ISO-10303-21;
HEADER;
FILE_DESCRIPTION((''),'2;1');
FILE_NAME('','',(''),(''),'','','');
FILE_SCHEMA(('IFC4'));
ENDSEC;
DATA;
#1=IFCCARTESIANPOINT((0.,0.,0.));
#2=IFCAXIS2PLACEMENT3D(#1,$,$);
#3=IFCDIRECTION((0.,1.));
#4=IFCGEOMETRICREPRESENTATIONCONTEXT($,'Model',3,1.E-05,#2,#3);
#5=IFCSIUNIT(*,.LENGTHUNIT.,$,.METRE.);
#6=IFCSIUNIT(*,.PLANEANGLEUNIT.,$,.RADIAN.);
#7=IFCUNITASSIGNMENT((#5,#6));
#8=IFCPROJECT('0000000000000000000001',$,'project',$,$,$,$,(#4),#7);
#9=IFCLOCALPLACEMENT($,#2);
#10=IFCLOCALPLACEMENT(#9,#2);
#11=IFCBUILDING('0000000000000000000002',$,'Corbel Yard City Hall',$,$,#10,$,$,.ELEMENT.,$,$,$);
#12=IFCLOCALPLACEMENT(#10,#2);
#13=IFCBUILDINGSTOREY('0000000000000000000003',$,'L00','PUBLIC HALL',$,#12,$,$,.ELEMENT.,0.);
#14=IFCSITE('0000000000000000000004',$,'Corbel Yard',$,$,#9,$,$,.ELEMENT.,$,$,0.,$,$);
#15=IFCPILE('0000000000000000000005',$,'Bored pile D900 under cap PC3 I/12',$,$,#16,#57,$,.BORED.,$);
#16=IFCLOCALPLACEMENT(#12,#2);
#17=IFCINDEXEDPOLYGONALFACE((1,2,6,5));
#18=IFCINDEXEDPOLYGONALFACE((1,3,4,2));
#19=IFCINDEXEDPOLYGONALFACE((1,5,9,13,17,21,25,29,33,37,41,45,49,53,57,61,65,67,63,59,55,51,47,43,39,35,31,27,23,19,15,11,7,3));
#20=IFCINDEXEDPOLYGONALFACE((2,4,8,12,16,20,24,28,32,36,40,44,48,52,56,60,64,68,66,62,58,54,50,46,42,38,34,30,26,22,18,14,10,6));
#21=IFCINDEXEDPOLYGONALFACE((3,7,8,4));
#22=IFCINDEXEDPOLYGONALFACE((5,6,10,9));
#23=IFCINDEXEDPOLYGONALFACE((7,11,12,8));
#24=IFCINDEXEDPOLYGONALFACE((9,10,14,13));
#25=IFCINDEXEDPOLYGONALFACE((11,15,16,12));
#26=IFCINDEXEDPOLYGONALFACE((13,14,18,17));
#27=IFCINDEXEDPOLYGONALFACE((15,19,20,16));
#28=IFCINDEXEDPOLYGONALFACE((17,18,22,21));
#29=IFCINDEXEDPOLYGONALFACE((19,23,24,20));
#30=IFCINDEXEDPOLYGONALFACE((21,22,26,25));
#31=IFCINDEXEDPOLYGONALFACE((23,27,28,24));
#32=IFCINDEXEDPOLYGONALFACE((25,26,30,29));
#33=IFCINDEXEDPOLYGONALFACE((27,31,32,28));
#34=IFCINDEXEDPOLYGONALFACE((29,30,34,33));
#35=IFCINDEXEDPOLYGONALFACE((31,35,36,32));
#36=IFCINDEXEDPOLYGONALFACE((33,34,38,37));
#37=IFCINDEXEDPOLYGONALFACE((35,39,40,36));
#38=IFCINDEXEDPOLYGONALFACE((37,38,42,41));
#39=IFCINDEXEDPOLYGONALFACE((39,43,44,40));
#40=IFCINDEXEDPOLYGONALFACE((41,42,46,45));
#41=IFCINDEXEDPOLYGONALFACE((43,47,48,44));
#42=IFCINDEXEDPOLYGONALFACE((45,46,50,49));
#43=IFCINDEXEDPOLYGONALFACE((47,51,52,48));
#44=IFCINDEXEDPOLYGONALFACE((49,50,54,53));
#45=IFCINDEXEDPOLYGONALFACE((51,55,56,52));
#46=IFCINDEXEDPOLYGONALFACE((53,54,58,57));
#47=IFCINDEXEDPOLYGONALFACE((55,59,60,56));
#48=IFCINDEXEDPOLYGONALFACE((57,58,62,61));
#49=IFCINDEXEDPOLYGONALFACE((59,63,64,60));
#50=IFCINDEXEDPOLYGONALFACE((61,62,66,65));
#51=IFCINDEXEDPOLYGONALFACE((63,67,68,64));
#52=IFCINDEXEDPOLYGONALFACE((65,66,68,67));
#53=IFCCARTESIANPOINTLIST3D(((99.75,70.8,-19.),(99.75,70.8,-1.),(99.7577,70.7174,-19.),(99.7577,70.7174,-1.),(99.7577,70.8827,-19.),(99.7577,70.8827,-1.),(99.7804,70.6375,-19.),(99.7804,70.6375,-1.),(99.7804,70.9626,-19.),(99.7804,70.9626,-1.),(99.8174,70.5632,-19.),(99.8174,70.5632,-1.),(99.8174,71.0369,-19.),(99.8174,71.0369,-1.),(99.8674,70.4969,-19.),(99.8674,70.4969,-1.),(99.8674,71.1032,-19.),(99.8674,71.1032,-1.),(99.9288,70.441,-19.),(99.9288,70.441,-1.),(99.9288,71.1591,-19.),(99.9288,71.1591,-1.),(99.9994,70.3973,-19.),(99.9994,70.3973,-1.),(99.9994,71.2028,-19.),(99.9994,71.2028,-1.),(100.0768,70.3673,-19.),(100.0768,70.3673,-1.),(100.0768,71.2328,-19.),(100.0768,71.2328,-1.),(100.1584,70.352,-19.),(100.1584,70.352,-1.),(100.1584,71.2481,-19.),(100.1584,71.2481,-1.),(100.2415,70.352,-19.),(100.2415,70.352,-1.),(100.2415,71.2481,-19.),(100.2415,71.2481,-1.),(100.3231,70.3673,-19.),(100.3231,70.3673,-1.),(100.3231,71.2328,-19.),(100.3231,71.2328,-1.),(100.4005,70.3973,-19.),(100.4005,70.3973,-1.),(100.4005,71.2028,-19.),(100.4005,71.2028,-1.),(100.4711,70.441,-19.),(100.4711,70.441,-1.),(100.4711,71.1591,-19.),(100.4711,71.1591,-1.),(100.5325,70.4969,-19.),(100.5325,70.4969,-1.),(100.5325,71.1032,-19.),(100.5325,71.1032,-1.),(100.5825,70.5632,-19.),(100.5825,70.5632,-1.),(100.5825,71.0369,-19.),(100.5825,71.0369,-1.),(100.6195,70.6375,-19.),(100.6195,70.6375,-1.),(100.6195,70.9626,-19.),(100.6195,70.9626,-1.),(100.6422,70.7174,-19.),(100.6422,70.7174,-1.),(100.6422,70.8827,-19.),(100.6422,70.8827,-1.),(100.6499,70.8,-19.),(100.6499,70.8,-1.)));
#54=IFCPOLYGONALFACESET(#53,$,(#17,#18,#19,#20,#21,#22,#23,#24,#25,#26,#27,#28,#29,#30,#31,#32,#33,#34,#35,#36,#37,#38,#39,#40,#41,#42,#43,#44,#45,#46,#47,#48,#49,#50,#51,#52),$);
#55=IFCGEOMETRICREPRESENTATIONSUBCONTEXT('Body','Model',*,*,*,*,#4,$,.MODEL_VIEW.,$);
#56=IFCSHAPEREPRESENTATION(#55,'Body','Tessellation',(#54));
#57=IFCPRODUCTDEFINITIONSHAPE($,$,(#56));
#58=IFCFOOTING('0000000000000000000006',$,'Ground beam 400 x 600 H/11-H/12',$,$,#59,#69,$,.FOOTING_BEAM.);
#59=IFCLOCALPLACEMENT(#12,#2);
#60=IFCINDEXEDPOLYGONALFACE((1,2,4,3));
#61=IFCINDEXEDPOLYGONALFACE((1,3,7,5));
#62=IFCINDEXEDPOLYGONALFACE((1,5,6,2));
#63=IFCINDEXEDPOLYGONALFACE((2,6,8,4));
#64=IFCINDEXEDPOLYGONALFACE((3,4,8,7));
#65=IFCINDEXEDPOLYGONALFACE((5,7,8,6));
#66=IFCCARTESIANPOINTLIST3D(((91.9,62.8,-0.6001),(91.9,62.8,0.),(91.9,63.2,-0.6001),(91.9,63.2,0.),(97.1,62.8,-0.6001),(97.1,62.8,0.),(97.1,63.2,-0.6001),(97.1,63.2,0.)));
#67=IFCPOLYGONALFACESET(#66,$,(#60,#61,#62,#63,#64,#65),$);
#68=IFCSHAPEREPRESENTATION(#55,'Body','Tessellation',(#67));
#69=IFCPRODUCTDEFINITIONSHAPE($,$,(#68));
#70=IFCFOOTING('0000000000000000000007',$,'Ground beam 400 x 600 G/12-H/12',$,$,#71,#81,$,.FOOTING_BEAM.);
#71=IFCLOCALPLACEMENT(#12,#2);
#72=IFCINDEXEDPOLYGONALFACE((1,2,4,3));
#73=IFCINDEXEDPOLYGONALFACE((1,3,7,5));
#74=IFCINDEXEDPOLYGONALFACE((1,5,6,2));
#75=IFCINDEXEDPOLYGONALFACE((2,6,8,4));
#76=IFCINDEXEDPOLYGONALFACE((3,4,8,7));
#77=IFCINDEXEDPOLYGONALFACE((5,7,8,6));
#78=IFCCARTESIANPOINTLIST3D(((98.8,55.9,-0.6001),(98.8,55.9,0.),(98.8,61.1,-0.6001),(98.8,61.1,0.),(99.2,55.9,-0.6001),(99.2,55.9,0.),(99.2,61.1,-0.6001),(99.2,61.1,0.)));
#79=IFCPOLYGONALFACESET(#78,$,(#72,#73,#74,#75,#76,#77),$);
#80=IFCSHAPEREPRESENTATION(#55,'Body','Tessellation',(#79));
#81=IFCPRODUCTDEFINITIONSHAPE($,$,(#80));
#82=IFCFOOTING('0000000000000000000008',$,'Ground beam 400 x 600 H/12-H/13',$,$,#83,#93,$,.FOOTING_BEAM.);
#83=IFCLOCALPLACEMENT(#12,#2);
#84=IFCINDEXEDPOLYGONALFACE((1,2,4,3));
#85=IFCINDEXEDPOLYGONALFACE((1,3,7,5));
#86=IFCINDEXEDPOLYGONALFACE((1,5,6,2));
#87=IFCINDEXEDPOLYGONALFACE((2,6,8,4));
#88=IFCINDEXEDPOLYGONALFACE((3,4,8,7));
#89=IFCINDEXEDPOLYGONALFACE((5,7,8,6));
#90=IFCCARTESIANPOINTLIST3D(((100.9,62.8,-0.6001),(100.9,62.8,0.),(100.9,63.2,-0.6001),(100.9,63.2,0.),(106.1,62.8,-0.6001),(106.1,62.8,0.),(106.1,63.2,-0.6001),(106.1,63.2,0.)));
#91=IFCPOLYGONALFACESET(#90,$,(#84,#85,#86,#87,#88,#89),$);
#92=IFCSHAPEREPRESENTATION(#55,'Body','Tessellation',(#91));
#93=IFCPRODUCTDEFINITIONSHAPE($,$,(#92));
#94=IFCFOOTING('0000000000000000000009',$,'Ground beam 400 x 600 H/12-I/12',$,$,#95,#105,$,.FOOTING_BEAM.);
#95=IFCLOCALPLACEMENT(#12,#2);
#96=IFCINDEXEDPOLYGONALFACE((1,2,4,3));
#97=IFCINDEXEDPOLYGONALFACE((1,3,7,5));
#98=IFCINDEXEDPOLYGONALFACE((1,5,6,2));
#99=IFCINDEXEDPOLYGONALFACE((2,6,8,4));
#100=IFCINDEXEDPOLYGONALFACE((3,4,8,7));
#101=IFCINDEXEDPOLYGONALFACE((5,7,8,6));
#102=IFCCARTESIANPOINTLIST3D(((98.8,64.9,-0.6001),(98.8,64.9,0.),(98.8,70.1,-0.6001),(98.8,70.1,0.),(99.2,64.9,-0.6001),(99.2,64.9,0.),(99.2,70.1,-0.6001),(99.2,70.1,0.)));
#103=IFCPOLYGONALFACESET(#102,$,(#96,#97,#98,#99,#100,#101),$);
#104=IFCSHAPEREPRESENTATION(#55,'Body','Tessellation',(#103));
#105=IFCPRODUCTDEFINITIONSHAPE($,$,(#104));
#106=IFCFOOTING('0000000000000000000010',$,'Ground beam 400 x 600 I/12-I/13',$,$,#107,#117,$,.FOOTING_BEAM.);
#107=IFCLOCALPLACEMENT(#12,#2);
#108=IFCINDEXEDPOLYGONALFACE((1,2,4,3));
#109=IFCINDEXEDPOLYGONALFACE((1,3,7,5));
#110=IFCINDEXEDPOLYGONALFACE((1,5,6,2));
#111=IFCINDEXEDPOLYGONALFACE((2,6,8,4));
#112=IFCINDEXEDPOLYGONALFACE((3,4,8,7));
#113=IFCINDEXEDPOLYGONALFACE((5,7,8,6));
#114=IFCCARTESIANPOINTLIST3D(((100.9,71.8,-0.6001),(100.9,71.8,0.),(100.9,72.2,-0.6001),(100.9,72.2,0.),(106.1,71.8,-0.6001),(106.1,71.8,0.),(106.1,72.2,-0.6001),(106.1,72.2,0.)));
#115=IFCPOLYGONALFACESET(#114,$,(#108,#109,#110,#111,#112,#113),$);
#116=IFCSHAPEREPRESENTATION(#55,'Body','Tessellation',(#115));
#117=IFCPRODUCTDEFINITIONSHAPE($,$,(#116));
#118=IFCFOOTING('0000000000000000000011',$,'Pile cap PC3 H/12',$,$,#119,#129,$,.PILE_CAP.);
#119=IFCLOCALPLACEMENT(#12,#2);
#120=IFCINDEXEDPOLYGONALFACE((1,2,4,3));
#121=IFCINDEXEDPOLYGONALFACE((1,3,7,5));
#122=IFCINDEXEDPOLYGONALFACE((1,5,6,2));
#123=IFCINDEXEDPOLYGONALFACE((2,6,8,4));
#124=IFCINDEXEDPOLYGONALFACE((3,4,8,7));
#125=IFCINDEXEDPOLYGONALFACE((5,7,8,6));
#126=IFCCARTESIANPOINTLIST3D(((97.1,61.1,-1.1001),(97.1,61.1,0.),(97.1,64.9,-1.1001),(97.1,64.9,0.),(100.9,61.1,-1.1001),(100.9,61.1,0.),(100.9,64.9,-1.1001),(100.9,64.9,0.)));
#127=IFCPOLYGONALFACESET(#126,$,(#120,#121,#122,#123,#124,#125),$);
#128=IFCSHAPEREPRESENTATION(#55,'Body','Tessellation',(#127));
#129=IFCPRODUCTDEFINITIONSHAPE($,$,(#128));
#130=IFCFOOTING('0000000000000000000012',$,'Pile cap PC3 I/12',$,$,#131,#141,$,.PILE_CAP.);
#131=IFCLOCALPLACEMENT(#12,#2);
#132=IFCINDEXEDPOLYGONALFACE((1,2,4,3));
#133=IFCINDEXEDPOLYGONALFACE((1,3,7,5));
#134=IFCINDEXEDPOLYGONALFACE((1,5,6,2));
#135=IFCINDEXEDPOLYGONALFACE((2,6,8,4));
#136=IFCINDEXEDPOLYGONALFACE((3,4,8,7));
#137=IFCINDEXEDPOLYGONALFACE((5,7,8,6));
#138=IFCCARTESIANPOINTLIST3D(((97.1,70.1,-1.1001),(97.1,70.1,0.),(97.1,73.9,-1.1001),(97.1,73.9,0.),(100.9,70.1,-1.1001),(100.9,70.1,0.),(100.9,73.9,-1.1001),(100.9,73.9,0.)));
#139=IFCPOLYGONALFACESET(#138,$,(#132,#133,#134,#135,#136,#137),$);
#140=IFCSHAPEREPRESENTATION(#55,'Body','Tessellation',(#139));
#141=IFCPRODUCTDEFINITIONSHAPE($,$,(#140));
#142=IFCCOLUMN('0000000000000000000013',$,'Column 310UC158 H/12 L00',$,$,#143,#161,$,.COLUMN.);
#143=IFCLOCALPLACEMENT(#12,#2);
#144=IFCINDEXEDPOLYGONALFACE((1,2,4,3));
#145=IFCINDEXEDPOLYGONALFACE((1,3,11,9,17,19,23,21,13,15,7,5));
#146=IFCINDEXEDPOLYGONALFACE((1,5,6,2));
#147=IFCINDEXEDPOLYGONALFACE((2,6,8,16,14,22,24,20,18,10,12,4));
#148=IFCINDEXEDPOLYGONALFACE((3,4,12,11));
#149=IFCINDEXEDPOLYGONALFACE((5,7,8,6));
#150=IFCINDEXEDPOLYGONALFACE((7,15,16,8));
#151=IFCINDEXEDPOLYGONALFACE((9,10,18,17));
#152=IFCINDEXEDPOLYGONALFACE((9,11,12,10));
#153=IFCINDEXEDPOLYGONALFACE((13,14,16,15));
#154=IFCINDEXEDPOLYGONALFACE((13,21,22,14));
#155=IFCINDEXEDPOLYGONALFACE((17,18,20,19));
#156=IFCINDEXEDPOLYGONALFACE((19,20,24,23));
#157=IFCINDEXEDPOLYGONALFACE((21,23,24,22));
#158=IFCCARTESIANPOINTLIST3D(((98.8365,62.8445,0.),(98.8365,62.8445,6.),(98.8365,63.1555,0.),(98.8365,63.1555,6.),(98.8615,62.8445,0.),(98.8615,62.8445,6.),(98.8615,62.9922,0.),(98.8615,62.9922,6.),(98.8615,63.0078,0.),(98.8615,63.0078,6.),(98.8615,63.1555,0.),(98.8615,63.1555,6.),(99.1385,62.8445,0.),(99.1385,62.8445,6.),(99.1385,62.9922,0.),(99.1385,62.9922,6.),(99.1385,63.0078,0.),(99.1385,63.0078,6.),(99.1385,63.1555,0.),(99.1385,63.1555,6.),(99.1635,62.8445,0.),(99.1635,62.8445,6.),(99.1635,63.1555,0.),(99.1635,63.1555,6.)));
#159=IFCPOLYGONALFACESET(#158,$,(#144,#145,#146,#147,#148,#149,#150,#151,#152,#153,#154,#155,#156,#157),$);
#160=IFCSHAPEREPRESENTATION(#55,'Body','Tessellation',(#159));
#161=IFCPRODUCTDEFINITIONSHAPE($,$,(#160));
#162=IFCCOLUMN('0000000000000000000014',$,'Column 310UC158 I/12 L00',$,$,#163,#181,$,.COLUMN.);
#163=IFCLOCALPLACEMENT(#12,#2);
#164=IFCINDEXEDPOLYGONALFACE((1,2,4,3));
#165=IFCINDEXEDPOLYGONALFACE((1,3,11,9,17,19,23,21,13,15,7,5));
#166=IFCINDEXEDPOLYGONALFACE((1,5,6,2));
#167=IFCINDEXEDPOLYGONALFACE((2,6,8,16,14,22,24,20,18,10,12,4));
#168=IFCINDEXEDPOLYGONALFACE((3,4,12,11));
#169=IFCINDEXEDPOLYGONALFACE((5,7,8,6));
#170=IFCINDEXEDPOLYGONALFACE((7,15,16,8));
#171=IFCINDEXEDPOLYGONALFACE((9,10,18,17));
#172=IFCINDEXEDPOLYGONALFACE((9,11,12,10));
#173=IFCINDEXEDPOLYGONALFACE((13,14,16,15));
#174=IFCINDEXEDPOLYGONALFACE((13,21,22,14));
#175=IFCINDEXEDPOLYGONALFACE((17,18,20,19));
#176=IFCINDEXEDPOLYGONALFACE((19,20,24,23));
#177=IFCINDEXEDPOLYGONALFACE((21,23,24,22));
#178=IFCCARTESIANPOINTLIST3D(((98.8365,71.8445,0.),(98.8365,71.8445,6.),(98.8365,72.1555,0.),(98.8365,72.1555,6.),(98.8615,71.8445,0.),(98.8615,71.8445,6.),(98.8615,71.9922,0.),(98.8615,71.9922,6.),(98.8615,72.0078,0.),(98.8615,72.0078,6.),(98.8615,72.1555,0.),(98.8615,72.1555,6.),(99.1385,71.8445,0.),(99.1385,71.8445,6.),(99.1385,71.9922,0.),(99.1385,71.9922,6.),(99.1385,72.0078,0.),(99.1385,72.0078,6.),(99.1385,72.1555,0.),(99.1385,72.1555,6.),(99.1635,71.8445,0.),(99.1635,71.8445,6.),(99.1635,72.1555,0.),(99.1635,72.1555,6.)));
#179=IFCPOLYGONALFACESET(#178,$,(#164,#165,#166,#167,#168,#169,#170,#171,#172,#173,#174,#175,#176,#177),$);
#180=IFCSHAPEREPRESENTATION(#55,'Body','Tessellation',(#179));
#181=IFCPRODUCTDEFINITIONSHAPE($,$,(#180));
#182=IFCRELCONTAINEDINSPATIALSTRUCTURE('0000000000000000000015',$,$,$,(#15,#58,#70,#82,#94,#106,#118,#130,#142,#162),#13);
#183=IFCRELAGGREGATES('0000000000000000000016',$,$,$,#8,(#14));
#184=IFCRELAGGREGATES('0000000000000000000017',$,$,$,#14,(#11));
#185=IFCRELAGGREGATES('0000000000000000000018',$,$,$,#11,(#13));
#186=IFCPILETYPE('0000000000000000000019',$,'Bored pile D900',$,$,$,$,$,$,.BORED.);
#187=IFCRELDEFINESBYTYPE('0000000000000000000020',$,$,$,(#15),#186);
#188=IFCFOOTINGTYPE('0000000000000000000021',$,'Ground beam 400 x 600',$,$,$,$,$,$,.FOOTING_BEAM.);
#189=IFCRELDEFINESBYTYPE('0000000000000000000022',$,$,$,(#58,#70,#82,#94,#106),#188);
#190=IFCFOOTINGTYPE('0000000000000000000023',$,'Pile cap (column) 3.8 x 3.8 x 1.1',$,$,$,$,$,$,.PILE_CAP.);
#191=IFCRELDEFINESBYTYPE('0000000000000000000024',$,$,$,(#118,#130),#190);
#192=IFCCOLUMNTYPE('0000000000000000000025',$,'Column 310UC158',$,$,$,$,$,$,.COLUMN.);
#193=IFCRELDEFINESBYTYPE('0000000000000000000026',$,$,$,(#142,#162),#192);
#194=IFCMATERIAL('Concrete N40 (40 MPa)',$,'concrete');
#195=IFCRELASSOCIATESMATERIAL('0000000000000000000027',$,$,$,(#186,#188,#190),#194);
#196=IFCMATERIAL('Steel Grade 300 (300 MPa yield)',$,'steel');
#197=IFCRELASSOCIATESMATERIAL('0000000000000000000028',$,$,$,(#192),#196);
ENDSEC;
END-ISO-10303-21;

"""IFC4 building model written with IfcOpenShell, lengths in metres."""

from ifc_helpers import new_model, si_unit, direction, frame, origin, origin_2d, place, context, subcontext, project, spatial, rectangle, circle, i_section, extrude, material, material_profile, profile_set, type_object, element, save


model = new_model("IFC4")

# Units and contexts
model_context = context("Model", 3, precision=1e-05, world=origin(), true_north=direction((0.0, 1.0)))
body_context = subcontext(model_context, "Body", "Model", "MODEL_VIEW")
ifc_project = project(units=[si_unit("LENGTHUNIT", "METRE"), si_unit("PLANEANGLEUNIT", "RADIAN")], contexts=[model_context])

# Site, building, storey
site_placement = place(None, origin())
site = spatial("IfcSite", under=ifc_project, at=site_placement, Name="Corbel Yard", CompositionType="ELEMENT", RefElevation=0.0)
building_placement = place(site_placement, origin())
building = spatial("IfcBuilding", under=site, at=building_placement, Name="Corbel Yard City Hall", CompositionType="ELEMENT")
storey_placement = place(building_placement, origin())
storey = spatial("IfcBuildingStorey", under=building, at=storey_placement, Name="L00", Description="PUBLIC HALL", CompositionType="ELEMENT", Elevation=0.0)

# Pile
ifc_material_1 = material(Name="Concrete N40 (40 MPa)", Category="concrete")
ifc_material_profile_1 = material_profile(ifc_material_1, circle(Radius=0.45, at=origin_2d()), Name="D900")
ifc_profile_set_1 = profile_set([ifc_material_profile_1], Name="Concrete N40 (40 MPa)")
pile_type = type_object("IfcPileType", Name="Bored pile D900", PredefinedType="BORED", material=ifc_profile_set_1)
for number, where, z_axis, x_axis, name in (
    (1, (100.2, 70.8, -1.0), (0.0, 0.0, -1.0), (1.0, 0.0, 0.0), "Bored pile D900 under cap PC3 I/12"),
):
    element("IfcPile", number, at=place(storey_placement, frame(where, z_axis=z_axis, x_axis=x_axis)), inside=storey, type_object=pile_type, Name=name, PredefinedType="BORED", context=body_context, shape_type="SweptSolid", body=[
        extrude(circle(Radius=0.45, at=origin_2d()), origin(), (0.0, 0.0, 1.0), 18.0),
    ])

# Footings
footing_type_1 = type_object("IfcFootingType", Name="Ground beam 400 x 600", PredefinedType="FOOTING_BEAM", material=ifc_material_1)
footing_1_placement = place(storey_placement, frame((94.5, 63.0, -0.6001), z_axis=(0.0, 0.0, 1.0), x_axis=(1.0, 0.0, 0.0)))
element("IfcFooting", 2, at=footing_1_placement, inside=storey, type_object=footing_type_1, Name="Ground beam 400 x 600 H/11-H/12", PredefinedType="FOOTING_BEAM", context=body_context, shape_type="SweptSolid", body=[
    extrude(rectangle(XDim=5.2, YDim=0.3999, at=origin_2d()), origin(), (0.0, 0.0, 1.0), 0.6001),
])
footing_2_placement = place(storey_placement, frame((99.0, 58.5, -0.6001), z_axis=(0.0, 0.0, 1.0), x_axis=(1.0, 0.0, 0.0)))
element("IfcFooting", 3, at=footing_2_placement, inside=storey, type_object=footing_type_1, Name="Ground beam 400 x 600 G/12-H/12", PredefinedType="FOOTING_BEAM", context=body_context, shape_type="SweptSolid", body=[
    extrude(rectangle(XDim=0.3999, YDim=5.2, at=origin_2d()), origin(), (0.0, 0.0, 1.0), 0.6001),
])
footing_3_placement = place(storey_placement, frame((103.5, 63.0, -0.6001), z_axis=(0.0, 0.0, 1.0), x_axis=(1.0, 0.0, 0.0)))
element("IfcFooting", 4, at=footing_3_placement, inside=storey, type_object=footing_type_1, Name="Ground beam 400 x 600 H/12-H/13", PredefinedType="FOOTING_BEAM", context=body_context, shape_type="SweptSolid", body=[
    extrude(rectangle(XDim=5.2, YDim=0.3999, at=origin_2d()), origin(), (0.0, 0.0, 1.0), 0.6001),
])
footing_4_placement = place(storey_placement, frame((99.0, 67.5, -0.6001), z_axis=(0.0, 0.0, 1.0), x_axis=(1.0, 0.0, 0.0)))
element("IfcFooting", 5, at=footing_4_placement, inside=storey, type_object=footing_type_1, Name="Ground beam 400 x 600 H/12-I/12", PredefinedType="FOOTING_BEAM", context=body_context, shape_type="SweptSolid", body=[
    extrude(rectangle(XDim=0.3999, YDim=5.2, at=origin_2d()), origin(), (0.0, 0.0, 1.0), 0.6001),
])
footing_5_placement = place(storey_placement, frame((103.5, 72.0, -0.6001), z_axis=(0.0, 0.0, 1.0), x_axis=(1.0, 0.0, 0.0)))
element("IfcFooting", 6, at=footing_5_placement, inside=storey, type_object=footing_type_1, Name="Ground beam 400 x 600 I/12-I/13", PredefinedType="FOOTING_BEAM", context=body_context, shape_type="SweptSolid", body=[
    extrude(rectangle(XDim=5.2, YDim=0.3999, at=origin_2d()), origin(), (0.0, 0.0, 1.0), 0.6001),
])
footing_type_2 = type_object("IfcFootingType", Name="Pile cap (column) 3.8 x 3.8 x 1.1", PredefinedType="PILE_CAP", material=ifc_material_1)
for number, where, z_axis, x_axis, name in (
    (7, (99.0, 63.0, -1.1001), (0.0, 0.0, 1.0), (1.0, 0.0, 0.0), "Pile cap PC3 H/12"),
    (8, (99.0, 72.0, -1.1001), (0.0, 0.0, 1.0), (1.0, 0.0, 0.0), "Pile cap PC3 I/12"),
):
    element("IfcFooting", number, at=place(storey_placement, frame(where, z_axis=z_axis, x_axis=x_axis)), inside=storey, type_object=footing_type_2, Name=name, PredefinedType="PILE_CAP", context=body_context, shape_type="SweptSolid", body=[
        extrude(rectangle(XDim=3.8, YDim=3.8, at=origin_2d()), origin(), (0.0, 0.0, 1.0), 1.1001),
    ])

# Columns
ifc_material_2 = material(Name="Steel Grade 300 (300 MPa yield)", Category="steel")
ifc_material_profile_2 = material_profile(ifc_material_2, i_section(OverallWidth=0.311, OverallDepth=0.3269, WebThickness=0.0156, FlangeThickness=0.0249, at=origin_2d()), Name="310UC158")
ifc_profile_set_2 = profile_set([ifc_material_profile_2], Name="Steel Grade 300 (300 MPa yield)")
column_type = type_object("IfcColumnType", Name="Column 310UC158", PredefinedType="COLUMN", material=ifc_profile_set_2)
for number, where, z_axis, x_axis, name in (
    (9, (99.0, 63.0, 0.0), (0.0, 0.0, 1.0), (0.0, 1.0, 0.0), "Column 310UC158 H/12 L00"),
    (10, (99.0, 72.0, 0.0), (0.0, 0.0, 1.0), (0.0, 1.0, 0.0), "Column 310UC158 I/12 L00"),
):
    element("IfcColumn", number, at=place(storey_placement, frame(where, z_axis=z_axis, x_axis=x_axis)), inside=storey, type_object=column_type, Name=name, PredefinedType="COLUMN", context=body_context, shape_type="SweptSolid", body=[
        extrude(i_section(OverallWidth=0.311, OverallDepth=0.3269, WebThickness=0.0156, FlangeThickness=0.0249, at=origin_2d()), origin(), (0.0, 0.0, 1.0), 6.0),
    ])

save(model, "model.ifc")
